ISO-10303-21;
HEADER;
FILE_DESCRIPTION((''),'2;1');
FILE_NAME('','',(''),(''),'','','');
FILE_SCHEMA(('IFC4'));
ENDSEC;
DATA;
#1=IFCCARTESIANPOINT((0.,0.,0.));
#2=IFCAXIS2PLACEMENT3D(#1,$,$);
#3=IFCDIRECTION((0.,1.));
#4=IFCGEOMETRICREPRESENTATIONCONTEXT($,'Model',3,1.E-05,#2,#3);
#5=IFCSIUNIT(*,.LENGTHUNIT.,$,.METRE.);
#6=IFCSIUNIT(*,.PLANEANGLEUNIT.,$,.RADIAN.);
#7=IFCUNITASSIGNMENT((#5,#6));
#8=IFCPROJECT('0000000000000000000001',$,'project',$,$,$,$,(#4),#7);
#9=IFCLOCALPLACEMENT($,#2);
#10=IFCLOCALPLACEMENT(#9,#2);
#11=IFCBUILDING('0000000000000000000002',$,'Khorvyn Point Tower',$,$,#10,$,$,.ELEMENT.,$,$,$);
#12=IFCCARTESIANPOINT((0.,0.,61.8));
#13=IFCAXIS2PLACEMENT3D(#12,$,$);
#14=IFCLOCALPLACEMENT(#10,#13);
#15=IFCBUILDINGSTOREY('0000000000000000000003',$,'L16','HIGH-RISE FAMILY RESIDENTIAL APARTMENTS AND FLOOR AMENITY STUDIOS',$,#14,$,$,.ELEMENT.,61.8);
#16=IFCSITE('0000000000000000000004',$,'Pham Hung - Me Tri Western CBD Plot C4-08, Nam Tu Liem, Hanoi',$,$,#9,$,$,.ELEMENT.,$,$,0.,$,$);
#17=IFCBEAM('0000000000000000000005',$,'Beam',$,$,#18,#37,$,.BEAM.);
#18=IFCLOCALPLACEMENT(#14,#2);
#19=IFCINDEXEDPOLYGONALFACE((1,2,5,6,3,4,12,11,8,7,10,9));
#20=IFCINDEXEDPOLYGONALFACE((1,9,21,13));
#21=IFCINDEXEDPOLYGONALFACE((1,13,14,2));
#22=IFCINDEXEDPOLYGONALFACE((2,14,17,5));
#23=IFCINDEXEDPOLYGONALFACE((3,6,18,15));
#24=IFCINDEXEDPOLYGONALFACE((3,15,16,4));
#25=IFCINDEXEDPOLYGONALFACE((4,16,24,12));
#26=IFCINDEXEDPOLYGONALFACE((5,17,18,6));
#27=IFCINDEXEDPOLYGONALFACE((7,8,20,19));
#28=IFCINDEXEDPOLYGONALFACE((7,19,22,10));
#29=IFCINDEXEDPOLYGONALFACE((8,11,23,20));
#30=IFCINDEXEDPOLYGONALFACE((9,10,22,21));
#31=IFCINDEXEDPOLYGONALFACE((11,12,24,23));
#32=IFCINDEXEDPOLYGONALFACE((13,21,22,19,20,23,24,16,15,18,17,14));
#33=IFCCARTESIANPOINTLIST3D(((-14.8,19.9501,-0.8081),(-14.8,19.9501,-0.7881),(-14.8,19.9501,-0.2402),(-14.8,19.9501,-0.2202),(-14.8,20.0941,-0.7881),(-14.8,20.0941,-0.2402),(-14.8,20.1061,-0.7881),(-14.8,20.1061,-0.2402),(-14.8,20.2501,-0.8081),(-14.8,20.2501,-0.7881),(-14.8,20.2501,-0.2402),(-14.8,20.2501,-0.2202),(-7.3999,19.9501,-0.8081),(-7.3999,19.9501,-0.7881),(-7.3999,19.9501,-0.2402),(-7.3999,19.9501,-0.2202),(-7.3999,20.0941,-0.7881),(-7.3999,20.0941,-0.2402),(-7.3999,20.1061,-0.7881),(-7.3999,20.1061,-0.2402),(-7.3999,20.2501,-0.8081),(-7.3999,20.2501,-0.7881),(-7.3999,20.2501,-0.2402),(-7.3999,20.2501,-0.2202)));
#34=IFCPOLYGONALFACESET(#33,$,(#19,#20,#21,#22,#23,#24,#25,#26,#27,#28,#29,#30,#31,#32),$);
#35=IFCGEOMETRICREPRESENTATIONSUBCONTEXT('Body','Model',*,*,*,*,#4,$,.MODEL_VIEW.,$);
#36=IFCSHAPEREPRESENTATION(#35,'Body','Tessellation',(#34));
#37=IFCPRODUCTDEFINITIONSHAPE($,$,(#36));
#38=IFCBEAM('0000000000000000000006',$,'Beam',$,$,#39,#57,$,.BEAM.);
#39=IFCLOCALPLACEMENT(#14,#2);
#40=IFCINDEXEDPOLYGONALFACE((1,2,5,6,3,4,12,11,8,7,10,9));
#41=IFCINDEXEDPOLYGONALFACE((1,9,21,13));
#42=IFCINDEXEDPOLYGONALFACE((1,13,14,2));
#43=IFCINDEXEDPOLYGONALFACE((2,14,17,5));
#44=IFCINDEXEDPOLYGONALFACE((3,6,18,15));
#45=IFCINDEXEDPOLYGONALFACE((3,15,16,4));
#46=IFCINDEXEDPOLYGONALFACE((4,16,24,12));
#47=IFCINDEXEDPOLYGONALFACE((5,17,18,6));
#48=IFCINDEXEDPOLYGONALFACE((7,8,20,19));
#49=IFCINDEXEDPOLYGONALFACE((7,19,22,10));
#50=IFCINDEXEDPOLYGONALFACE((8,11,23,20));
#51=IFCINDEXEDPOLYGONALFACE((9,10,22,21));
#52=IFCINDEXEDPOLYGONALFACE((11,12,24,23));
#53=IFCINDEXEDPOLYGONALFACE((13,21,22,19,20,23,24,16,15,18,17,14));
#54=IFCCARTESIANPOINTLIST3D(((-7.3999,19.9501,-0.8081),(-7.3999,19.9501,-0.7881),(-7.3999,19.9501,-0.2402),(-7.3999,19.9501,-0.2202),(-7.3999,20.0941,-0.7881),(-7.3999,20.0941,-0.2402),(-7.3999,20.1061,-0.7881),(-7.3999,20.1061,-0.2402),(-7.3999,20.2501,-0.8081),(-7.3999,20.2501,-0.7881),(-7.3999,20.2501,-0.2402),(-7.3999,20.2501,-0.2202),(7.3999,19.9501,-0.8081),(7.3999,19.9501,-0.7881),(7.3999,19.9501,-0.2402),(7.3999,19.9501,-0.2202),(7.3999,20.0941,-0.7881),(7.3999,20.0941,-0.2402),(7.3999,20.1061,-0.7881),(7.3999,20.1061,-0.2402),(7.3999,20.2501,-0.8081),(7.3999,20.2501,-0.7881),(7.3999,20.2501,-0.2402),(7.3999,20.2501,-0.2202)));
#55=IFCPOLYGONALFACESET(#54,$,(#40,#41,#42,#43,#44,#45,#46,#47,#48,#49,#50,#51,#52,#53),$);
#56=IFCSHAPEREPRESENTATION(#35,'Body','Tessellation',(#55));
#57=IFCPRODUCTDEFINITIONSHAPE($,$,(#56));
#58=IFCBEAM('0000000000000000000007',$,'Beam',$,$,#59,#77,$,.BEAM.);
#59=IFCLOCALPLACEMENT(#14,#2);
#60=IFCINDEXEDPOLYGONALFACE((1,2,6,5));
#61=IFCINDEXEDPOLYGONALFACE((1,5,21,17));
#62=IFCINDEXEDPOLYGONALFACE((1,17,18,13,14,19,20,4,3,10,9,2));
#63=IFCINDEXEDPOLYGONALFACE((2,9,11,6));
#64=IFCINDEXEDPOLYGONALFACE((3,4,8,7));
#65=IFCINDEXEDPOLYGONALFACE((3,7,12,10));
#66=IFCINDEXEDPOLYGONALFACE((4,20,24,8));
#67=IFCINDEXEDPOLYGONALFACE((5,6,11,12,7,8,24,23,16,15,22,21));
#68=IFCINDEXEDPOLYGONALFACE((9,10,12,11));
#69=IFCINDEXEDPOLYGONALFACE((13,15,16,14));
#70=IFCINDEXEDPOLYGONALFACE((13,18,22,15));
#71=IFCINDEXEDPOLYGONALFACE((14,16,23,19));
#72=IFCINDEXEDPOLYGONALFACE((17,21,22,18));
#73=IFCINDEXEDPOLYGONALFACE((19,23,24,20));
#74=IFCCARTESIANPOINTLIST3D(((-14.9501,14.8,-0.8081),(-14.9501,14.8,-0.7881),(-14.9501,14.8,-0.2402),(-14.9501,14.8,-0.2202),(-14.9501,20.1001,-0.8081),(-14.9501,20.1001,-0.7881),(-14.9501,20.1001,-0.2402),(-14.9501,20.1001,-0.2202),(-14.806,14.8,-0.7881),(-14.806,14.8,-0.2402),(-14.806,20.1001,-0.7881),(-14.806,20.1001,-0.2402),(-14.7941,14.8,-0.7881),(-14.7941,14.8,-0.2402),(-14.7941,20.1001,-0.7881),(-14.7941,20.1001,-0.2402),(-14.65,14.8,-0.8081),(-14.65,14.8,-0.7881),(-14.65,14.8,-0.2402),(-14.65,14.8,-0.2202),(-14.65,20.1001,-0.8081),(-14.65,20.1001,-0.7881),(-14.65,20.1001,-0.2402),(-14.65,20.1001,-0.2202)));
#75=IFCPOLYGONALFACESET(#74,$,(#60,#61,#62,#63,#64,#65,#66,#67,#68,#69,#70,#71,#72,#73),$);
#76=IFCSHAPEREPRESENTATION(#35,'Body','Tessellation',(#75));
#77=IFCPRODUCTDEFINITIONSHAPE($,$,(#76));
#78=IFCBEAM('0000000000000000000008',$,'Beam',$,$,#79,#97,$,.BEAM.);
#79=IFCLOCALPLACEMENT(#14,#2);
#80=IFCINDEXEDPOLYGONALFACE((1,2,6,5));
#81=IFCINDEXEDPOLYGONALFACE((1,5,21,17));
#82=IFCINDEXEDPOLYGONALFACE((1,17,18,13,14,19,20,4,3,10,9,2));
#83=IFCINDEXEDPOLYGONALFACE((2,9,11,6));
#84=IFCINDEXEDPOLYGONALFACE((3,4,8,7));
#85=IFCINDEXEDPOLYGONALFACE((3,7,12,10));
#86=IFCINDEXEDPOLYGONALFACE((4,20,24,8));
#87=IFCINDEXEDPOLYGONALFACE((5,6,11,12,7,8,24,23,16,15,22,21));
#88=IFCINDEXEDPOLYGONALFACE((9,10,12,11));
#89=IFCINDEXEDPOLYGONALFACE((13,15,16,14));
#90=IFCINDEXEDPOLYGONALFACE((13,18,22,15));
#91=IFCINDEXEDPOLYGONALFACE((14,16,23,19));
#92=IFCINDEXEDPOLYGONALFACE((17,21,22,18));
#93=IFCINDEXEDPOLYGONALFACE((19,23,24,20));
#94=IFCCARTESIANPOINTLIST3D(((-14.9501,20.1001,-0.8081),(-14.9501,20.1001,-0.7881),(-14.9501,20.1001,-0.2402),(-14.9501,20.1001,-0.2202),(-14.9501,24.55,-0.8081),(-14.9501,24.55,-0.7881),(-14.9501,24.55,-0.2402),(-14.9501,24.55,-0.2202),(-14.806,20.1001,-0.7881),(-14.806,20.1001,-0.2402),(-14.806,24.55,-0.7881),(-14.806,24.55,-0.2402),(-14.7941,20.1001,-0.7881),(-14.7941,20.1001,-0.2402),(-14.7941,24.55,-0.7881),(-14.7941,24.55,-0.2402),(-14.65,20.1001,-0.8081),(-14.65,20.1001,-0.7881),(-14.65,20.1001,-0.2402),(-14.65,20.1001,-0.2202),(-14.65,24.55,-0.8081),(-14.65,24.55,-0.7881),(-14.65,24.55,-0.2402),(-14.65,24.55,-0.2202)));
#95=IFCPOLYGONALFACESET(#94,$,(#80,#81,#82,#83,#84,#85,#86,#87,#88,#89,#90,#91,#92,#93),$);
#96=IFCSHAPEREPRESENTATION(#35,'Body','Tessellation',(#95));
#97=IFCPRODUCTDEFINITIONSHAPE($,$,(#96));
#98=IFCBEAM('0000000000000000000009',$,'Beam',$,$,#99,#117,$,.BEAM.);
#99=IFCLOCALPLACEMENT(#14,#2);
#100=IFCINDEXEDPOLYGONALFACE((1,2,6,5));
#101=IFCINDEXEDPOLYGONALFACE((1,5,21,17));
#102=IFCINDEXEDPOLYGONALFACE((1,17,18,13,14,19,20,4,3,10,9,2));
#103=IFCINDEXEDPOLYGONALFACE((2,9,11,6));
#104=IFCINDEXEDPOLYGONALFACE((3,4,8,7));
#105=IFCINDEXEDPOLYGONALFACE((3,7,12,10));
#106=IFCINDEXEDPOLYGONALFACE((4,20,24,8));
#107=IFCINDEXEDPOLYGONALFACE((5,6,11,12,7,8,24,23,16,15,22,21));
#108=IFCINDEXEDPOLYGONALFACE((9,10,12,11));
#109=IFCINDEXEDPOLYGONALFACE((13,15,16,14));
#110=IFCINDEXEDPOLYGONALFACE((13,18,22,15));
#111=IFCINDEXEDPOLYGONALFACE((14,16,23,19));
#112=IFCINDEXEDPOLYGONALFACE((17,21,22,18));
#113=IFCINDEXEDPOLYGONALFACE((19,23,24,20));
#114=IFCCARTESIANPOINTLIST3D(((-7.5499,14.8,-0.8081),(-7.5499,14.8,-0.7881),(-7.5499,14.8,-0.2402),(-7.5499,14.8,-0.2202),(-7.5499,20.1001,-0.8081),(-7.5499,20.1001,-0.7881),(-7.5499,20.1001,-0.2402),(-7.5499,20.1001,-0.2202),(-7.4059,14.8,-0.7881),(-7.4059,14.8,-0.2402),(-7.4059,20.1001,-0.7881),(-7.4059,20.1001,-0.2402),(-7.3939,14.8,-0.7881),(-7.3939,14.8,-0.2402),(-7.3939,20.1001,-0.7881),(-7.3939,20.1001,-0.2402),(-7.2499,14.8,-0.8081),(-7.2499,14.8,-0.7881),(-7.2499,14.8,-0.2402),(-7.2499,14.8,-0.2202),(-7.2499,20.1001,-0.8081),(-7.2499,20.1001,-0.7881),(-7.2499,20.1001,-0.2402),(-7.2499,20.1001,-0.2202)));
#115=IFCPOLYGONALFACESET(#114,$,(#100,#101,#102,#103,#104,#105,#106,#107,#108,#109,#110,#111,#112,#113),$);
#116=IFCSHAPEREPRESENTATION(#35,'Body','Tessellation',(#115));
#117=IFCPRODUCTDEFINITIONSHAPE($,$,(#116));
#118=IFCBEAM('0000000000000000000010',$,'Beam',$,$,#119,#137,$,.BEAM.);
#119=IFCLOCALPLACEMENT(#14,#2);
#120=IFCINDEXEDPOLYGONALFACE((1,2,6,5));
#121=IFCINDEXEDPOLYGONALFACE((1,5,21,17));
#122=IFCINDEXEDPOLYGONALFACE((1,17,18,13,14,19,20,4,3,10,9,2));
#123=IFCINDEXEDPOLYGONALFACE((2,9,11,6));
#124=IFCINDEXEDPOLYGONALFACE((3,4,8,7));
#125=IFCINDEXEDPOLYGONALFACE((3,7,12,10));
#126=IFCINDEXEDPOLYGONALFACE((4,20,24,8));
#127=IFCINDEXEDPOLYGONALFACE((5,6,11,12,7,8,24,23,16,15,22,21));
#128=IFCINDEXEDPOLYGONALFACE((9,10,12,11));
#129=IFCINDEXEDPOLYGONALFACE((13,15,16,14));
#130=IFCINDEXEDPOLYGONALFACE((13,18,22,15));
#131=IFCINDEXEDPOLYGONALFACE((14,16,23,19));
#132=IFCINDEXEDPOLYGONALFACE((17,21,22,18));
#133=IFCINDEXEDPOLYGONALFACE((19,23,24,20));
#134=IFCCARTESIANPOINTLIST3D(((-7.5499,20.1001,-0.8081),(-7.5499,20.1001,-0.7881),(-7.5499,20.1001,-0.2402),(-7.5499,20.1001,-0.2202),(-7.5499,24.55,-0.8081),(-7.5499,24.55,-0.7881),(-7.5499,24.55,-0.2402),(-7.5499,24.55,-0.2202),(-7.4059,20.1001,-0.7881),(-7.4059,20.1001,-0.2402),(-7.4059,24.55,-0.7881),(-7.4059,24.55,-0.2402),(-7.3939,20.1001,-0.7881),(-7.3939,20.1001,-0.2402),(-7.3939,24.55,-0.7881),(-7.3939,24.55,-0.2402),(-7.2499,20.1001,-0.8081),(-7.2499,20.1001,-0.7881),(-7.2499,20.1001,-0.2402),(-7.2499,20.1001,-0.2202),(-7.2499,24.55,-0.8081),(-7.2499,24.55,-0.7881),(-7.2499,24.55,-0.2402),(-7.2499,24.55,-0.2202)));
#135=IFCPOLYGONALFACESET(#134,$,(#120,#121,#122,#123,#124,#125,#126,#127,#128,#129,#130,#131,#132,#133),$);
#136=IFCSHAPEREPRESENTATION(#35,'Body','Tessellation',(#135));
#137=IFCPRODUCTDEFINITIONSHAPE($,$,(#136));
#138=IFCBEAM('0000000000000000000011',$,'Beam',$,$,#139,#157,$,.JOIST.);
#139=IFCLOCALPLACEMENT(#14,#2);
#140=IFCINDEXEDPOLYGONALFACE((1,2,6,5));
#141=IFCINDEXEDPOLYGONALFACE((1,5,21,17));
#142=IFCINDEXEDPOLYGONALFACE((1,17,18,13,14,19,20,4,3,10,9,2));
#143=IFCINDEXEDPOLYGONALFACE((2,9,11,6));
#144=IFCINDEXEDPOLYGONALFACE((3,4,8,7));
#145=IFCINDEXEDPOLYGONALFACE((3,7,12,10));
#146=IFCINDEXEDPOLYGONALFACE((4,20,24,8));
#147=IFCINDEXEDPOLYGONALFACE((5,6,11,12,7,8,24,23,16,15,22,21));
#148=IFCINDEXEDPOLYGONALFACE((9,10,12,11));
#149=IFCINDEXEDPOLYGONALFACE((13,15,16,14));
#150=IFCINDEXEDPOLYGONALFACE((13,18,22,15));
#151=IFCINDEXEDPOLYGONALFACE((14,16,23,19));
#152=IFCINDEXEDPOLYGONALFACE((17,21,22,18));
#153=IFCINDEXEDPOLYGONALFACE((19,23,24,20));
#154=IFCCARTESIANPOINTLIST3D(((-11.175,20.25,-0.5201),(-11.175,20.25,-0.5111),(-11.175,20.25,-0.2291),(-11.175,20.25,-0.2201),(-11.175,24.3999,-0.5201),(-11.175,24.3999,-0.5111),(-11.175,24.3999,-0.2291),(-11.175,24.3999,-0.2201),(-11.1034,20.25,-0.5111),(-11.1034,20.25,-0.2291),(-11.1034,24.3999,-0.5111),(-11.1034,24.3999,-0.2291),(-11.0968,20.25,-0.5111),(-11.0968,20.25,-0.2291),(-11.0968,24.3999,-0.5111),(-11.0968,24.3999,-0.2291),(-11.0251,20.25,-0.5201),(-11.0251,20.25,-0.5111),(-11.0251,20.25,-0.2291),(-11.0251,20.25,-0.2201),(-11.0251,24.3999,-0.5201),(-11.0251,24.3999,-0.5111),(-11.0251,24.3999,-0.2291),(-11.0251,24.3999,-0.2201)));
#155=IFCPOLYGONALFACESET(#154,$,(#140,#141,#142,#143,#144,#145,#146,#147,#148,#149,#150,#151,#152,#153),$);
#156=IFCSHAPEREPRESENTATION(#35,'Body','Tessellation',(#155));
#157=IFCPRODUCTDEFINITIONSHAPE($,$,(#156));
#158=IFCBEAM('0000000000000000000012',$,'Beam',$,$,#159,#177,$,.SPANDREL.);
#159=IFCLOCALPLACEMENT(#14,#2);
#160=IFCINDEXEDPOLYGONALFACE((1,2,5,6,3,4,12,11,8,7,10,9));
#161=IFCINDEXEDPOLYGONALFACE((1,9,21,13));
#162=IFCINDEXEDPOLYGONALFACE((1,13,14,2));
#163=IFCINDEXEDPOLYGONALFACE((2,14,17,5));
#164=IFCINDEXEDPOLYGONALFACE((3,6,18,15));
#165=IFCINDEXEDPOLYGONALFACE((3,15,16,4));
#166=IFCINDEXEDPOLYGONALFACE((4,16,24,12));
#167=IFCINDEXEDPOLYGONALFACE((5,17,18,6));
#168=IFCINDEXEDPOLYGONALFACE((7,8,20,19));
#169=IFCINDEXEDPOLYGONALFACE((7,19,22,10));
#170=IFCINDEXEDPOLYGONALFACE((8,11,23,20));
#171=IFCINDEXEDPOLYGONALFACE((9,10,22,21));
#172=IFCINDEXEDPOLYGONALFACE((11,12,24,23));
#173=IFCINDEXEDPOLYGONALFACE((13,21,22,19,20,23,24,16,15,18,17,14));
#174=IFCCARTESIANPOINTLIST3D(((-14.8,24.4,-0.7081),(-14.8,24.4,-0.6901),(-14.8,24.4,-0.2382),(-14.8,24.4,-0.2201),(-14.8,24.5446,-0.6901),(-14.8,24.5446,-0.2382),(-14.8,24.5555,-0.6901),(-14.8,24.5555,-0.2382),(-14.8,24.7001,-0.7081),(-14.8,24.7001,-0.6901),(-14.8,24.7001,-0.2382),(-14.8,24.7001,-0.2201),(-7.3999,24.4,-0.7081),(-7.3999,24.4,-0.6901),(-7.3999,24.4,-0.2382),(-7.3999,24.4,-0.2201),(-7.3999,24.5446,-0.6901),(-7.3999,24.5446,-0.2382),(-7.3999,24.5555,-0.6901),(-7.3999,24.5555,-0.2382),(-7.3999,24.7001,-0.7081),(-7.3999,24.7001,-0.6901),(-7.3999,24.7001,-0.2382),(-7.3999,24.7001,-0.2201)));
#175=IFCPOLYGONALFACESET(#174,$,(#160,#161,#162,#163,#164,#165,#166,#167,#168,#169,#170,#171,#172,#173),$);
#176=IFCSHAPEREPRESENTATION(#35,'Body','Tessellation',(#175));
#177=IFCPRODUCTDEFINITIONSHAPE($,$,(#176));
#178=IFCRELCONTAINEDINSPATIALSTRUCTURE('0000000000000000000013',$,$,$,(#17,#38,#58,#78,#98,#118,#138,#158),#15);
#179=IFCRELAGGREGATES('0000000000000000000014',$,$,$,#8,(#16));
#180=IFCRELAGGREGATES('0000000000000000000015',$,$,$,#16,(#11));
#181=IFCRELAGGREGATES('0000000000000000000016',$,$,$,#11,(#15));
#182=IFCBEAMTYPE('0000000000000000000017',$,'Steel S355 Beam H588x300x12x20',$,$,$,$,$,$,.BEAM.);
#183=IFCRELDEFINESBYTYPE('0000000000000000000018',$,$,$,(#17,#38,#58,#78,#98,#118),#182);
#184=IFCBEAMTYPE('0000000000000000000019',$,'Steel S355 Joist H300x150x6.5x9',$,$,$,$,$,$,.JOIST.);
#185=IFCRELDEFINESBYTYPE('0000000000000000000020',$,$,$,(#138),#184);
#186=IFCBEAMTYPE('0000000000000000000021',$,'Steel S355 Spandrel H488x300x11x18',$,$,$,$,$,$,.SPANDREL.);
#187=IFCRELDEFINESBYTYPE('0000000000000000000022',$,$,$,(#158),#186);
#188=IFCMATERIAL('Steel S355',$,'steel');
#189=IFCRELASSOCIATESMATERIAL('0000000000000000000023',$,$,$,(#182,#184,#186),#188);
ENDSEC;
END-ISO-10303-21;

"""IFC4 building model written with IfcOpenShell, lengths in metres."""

from ifc_helpers import new_model, si_unit, direction, frame, origin, origin_2d, place, context, subcontext, project, spatial, i_section, extrude, material, material_profile, profile_set, type_object, element, save


model = new_model("IFC4")

# Units and contexts
model_context = context("Model", 3, precision=1e-05, world=origin(), true_north=direction((0.0, 1.0)))
body_context = subcontext(model_context, "Body", "Model", "MODEL_VIEW")
ifc_project = project(units=[si_unit("LENGTHUNIT", "METRE"), si_unit("PLANEANGLEUNIT", "RADIAN")], contexts=[model_context])

# Site, building, storey
site_placement = place(None, origin())
site = spatial("IfcSite", under=ifc_project, at=site_placement, Name="Pham Hung - Me Tri Western CBD Plot C4-08, Nam Tu Liem, Hanoi", CompositionType="ELEMENT", RefElevation=0.0)
building_placement = place(site_placement, origin())
building = spatial("IfcBuilding", under=site, at=building_placement, Name="Khorvyn Point Tower", CompositionType="ELEMENT")
storey_placement = place(building_placement, frame((0.0, 0.0, 61.8)))
storey = spatial("IfcBuildingStorey", under=building, at=storey_placement, Name="L16", Description="HIGH-RISE FAMILY RESIDENTIAL APARTMENTS AND FLOOR AMENITY STUDIOS", CompositionType="ELEMENT", Elevation=61.8)

# Beams
ifc_material_1 = material(Name="Steel S355", Category="steel")
ifc_material_profile_1 = material_profile(ifc_material_1, i_section(OverallWidth=0.3, OverallDepth=0.5879, WebThickness=0.012, FlangeThickness=0.02, at=origin_2d()))
ifc_profile_set_1 = profile_set([ifc_material_profile_1], Name="Steel S355 H588x300x12x20")
beam_type_1 = type_object("IfcBeamType", Name="Steel S355 Beam H588x300x12x20", PredefinedType="BEAM", material=ifc_profile_set_1)
beam_1_placement = place(storey_placement, frame((-14.8, 20.1001, -0.5142), z_axis=(1.0, 0.0, 0.0), x_axis=(0.0, 1.0, 0.0)))
element("IfcBeam", 1, at=beam_1_placement, inside=storey, type_object=beam_type_1, Name="Beam", PredefinedType="BEAM", context=body_context, shape_type="SweptSolid", body=[
    extrude(i_section(OverallWidth=0.3, OverallDepth=0.5879, WebThickness=0.012, FlangeThickness=0.02, at=origin_2d()), origin(), (0.0, 0.0, 1.0), 7.4001),
])
beam_2_placement = place(storey_placement, frame((-7.3999, 20.1001, -0.5142), z_axis=(1.0, 0.0, 0.0), x_axis=(0.0, 1.0, 0.0)))
element("IfcBeam", 2, at=beam_2_placement, inside=storey, type_object=beam_type_1, Name="Beam", PredefinedType="BEAM", context=body_context, shape_type="SweptSolid", body=[
    extrude(i_section(OverallWidth=0.3, OverallDepth=0.5879, WebThickness=0.012, FlangeThickness=0.02, at=origin_2d()), origin(), (0.0, 0.0, 1.0), 14.7998),
])
beam_3_placement = place(storey_placement, frame((-14.8, 14.8, -0.5142), z_axis=(0.0, 1.0, 0.0), x_axis=(-1.0, 0.0, 0.0)))
element("IfcBeam", 3, at=beam_3_placement, inside=storey, type_object=beam_type_1, Name="Beam", PredefinedType="BEAM", context=body_context, shape_type="SweptSolid", body=[
    extrude(i_section(OverallWidth=0.3, OverallDepth=0.5879, WebThickness=0.012, FlangeThickness=0.02, at=origin_2d()), origin(), (0.0, 0.0, 1.0), 5.3),
])
beam_4_placement = place(storey_placement, frame((-14.8, 20.1001, -0.5142), z_axis=(0.0, 1.0, 0.0), x_axis=(-1.0, 0.0, 0.0)))
element("IfcBeam", 4, at=beam_4_placement, inside=storey, type_object=beam_type_1, Name="Beam", PredefinedType="BEAM", context=body_context, shape_type="SweptSolid", body=[
    extrude(i_section(OverallWidth=0.3, OverallDepth=0.5879, WebThickness=0.012, FlangeThickness=0.02, at=origin_2d()), origin(), (0.0, 0.0, 1.0), 4.45),
])
beam_5_placement = place(storey_placement, frame((-7.3999, 14.8, -0.5142), z_axis=(0.0, 1.0, 0.0), x_axis=(-1.0, 0.0, 0.0)))
element("IfcBeam", 5, at=beam_5_placement, inside=storey, type_object=beam_type_1, Name="Beam", PredefinedType="BEAM", context=body_context, shape_type="SweptSolid", body=[
    extrude(i_section(OverallWidth=0.3, OverallDepth=0.5879, WebThickness=0.012, FlangeThickness=0.02, at=origin_2d()), origin(), (0.0, 0.0, 1.0), 5.3),
])
beam_6_placement = place(storey_placement, frame((-7.3999, 20.1001, -0.5142), z_axis=(0.0, 1.0, 0.0), x_axis=(-1.0, 0.0, 0.0)))
element("IfcBeam", 6, at=beam_6_placement, inside=storey, type_object=beam_type_1, Name="Beam", PredefinedType="BEAM", context=body_context, shape_type="SweptSolid", body=[
    extrude(i_section(OverallWidth=0.3, OverallDepth=0.5879, WebThickness=0.012, FlangeThickness=0.02, at=origin_2d()), origin(), (0.0, 0.0, 1.0), 4.45),
])
ifc_material_profile_2 = material_profile(ifc_material_1, i_section(OverallWidth=0.1499, OverallDepth=0.3, WebThickness=0.0066, FlangeThickness=0.009, at=origin_2d()))
ifc_profile_set_2 = profile_set([ifc_material_profile_2], Name="Steel S355 H300x150x6.5x9")
beam_type_2 = type_object("IfcBeamType", Name="Steel S355 Joist H300x150x6.5x9", PredefinedType="JOIST", material=ifc_profile_set_2)
beam_7_placement = place(storey_placement, frame((-11.1001, 20.25, -0.3701), z_axis=(0.0, 1.0, 0.0), x_axis=(-1.0, 0.0, 0.0)))
element("IfcBeam", 7, at=beam_7_placement, inside=storey, type_object=beam_type_2, Name="Beam", PredefinedType="JOIST", context=body_context, shape_type="SweptSolid", body=[
    extrude(i_section(OverallWidth=0.1499, OverallDepth=0.3, WebThickness=0.0066, FlangeThickness=0.009, at=origin_2d()), origin(), (0.0, 0.0, 1.0), 4.1499),
])
ifc_material_profile_3 = material_profile(ifc_material_1, i_section(OverallWidth=0.3, OverallDepth=0.488, WebThickness=0.011, FlangeThickness=0.0181, at=origin_2d()))
ifc_profile_set_3 = profile_set([ifc_material_profile_3], Name="Steel S355 H488x300x11x18")
beam_type_3 = type_object("IfcBeamType", Name="Steel S355 Spandrel H488x300x11x18", PredefinedType="SPANDREL", material=ifc_profile_set_3)
beam_8_placement = place(storey_placement, frame((-14.8, 24.55, -0.4641), z_axis=(1.0, 0.0, 0.0), x_axis=(0.0, 1.0, 0.0)))
element("IfcBeam", 8, at=beam_8_placement, inside=storey, type_object=beam_type_3, Name="Beam", PredefinedType="SPANDREL", context=body_context, shape_type="SweptSolid", body=[
    extrude(i_section(OverallWidth=0.3, OverallDepth=0.488, WebThickness=0.011, FlangeThickness=0.0181, at=origin_2d()), origin(), (0.0, 0.0, 1.0), 7.4001),
])

save(model, "model.ifc")
